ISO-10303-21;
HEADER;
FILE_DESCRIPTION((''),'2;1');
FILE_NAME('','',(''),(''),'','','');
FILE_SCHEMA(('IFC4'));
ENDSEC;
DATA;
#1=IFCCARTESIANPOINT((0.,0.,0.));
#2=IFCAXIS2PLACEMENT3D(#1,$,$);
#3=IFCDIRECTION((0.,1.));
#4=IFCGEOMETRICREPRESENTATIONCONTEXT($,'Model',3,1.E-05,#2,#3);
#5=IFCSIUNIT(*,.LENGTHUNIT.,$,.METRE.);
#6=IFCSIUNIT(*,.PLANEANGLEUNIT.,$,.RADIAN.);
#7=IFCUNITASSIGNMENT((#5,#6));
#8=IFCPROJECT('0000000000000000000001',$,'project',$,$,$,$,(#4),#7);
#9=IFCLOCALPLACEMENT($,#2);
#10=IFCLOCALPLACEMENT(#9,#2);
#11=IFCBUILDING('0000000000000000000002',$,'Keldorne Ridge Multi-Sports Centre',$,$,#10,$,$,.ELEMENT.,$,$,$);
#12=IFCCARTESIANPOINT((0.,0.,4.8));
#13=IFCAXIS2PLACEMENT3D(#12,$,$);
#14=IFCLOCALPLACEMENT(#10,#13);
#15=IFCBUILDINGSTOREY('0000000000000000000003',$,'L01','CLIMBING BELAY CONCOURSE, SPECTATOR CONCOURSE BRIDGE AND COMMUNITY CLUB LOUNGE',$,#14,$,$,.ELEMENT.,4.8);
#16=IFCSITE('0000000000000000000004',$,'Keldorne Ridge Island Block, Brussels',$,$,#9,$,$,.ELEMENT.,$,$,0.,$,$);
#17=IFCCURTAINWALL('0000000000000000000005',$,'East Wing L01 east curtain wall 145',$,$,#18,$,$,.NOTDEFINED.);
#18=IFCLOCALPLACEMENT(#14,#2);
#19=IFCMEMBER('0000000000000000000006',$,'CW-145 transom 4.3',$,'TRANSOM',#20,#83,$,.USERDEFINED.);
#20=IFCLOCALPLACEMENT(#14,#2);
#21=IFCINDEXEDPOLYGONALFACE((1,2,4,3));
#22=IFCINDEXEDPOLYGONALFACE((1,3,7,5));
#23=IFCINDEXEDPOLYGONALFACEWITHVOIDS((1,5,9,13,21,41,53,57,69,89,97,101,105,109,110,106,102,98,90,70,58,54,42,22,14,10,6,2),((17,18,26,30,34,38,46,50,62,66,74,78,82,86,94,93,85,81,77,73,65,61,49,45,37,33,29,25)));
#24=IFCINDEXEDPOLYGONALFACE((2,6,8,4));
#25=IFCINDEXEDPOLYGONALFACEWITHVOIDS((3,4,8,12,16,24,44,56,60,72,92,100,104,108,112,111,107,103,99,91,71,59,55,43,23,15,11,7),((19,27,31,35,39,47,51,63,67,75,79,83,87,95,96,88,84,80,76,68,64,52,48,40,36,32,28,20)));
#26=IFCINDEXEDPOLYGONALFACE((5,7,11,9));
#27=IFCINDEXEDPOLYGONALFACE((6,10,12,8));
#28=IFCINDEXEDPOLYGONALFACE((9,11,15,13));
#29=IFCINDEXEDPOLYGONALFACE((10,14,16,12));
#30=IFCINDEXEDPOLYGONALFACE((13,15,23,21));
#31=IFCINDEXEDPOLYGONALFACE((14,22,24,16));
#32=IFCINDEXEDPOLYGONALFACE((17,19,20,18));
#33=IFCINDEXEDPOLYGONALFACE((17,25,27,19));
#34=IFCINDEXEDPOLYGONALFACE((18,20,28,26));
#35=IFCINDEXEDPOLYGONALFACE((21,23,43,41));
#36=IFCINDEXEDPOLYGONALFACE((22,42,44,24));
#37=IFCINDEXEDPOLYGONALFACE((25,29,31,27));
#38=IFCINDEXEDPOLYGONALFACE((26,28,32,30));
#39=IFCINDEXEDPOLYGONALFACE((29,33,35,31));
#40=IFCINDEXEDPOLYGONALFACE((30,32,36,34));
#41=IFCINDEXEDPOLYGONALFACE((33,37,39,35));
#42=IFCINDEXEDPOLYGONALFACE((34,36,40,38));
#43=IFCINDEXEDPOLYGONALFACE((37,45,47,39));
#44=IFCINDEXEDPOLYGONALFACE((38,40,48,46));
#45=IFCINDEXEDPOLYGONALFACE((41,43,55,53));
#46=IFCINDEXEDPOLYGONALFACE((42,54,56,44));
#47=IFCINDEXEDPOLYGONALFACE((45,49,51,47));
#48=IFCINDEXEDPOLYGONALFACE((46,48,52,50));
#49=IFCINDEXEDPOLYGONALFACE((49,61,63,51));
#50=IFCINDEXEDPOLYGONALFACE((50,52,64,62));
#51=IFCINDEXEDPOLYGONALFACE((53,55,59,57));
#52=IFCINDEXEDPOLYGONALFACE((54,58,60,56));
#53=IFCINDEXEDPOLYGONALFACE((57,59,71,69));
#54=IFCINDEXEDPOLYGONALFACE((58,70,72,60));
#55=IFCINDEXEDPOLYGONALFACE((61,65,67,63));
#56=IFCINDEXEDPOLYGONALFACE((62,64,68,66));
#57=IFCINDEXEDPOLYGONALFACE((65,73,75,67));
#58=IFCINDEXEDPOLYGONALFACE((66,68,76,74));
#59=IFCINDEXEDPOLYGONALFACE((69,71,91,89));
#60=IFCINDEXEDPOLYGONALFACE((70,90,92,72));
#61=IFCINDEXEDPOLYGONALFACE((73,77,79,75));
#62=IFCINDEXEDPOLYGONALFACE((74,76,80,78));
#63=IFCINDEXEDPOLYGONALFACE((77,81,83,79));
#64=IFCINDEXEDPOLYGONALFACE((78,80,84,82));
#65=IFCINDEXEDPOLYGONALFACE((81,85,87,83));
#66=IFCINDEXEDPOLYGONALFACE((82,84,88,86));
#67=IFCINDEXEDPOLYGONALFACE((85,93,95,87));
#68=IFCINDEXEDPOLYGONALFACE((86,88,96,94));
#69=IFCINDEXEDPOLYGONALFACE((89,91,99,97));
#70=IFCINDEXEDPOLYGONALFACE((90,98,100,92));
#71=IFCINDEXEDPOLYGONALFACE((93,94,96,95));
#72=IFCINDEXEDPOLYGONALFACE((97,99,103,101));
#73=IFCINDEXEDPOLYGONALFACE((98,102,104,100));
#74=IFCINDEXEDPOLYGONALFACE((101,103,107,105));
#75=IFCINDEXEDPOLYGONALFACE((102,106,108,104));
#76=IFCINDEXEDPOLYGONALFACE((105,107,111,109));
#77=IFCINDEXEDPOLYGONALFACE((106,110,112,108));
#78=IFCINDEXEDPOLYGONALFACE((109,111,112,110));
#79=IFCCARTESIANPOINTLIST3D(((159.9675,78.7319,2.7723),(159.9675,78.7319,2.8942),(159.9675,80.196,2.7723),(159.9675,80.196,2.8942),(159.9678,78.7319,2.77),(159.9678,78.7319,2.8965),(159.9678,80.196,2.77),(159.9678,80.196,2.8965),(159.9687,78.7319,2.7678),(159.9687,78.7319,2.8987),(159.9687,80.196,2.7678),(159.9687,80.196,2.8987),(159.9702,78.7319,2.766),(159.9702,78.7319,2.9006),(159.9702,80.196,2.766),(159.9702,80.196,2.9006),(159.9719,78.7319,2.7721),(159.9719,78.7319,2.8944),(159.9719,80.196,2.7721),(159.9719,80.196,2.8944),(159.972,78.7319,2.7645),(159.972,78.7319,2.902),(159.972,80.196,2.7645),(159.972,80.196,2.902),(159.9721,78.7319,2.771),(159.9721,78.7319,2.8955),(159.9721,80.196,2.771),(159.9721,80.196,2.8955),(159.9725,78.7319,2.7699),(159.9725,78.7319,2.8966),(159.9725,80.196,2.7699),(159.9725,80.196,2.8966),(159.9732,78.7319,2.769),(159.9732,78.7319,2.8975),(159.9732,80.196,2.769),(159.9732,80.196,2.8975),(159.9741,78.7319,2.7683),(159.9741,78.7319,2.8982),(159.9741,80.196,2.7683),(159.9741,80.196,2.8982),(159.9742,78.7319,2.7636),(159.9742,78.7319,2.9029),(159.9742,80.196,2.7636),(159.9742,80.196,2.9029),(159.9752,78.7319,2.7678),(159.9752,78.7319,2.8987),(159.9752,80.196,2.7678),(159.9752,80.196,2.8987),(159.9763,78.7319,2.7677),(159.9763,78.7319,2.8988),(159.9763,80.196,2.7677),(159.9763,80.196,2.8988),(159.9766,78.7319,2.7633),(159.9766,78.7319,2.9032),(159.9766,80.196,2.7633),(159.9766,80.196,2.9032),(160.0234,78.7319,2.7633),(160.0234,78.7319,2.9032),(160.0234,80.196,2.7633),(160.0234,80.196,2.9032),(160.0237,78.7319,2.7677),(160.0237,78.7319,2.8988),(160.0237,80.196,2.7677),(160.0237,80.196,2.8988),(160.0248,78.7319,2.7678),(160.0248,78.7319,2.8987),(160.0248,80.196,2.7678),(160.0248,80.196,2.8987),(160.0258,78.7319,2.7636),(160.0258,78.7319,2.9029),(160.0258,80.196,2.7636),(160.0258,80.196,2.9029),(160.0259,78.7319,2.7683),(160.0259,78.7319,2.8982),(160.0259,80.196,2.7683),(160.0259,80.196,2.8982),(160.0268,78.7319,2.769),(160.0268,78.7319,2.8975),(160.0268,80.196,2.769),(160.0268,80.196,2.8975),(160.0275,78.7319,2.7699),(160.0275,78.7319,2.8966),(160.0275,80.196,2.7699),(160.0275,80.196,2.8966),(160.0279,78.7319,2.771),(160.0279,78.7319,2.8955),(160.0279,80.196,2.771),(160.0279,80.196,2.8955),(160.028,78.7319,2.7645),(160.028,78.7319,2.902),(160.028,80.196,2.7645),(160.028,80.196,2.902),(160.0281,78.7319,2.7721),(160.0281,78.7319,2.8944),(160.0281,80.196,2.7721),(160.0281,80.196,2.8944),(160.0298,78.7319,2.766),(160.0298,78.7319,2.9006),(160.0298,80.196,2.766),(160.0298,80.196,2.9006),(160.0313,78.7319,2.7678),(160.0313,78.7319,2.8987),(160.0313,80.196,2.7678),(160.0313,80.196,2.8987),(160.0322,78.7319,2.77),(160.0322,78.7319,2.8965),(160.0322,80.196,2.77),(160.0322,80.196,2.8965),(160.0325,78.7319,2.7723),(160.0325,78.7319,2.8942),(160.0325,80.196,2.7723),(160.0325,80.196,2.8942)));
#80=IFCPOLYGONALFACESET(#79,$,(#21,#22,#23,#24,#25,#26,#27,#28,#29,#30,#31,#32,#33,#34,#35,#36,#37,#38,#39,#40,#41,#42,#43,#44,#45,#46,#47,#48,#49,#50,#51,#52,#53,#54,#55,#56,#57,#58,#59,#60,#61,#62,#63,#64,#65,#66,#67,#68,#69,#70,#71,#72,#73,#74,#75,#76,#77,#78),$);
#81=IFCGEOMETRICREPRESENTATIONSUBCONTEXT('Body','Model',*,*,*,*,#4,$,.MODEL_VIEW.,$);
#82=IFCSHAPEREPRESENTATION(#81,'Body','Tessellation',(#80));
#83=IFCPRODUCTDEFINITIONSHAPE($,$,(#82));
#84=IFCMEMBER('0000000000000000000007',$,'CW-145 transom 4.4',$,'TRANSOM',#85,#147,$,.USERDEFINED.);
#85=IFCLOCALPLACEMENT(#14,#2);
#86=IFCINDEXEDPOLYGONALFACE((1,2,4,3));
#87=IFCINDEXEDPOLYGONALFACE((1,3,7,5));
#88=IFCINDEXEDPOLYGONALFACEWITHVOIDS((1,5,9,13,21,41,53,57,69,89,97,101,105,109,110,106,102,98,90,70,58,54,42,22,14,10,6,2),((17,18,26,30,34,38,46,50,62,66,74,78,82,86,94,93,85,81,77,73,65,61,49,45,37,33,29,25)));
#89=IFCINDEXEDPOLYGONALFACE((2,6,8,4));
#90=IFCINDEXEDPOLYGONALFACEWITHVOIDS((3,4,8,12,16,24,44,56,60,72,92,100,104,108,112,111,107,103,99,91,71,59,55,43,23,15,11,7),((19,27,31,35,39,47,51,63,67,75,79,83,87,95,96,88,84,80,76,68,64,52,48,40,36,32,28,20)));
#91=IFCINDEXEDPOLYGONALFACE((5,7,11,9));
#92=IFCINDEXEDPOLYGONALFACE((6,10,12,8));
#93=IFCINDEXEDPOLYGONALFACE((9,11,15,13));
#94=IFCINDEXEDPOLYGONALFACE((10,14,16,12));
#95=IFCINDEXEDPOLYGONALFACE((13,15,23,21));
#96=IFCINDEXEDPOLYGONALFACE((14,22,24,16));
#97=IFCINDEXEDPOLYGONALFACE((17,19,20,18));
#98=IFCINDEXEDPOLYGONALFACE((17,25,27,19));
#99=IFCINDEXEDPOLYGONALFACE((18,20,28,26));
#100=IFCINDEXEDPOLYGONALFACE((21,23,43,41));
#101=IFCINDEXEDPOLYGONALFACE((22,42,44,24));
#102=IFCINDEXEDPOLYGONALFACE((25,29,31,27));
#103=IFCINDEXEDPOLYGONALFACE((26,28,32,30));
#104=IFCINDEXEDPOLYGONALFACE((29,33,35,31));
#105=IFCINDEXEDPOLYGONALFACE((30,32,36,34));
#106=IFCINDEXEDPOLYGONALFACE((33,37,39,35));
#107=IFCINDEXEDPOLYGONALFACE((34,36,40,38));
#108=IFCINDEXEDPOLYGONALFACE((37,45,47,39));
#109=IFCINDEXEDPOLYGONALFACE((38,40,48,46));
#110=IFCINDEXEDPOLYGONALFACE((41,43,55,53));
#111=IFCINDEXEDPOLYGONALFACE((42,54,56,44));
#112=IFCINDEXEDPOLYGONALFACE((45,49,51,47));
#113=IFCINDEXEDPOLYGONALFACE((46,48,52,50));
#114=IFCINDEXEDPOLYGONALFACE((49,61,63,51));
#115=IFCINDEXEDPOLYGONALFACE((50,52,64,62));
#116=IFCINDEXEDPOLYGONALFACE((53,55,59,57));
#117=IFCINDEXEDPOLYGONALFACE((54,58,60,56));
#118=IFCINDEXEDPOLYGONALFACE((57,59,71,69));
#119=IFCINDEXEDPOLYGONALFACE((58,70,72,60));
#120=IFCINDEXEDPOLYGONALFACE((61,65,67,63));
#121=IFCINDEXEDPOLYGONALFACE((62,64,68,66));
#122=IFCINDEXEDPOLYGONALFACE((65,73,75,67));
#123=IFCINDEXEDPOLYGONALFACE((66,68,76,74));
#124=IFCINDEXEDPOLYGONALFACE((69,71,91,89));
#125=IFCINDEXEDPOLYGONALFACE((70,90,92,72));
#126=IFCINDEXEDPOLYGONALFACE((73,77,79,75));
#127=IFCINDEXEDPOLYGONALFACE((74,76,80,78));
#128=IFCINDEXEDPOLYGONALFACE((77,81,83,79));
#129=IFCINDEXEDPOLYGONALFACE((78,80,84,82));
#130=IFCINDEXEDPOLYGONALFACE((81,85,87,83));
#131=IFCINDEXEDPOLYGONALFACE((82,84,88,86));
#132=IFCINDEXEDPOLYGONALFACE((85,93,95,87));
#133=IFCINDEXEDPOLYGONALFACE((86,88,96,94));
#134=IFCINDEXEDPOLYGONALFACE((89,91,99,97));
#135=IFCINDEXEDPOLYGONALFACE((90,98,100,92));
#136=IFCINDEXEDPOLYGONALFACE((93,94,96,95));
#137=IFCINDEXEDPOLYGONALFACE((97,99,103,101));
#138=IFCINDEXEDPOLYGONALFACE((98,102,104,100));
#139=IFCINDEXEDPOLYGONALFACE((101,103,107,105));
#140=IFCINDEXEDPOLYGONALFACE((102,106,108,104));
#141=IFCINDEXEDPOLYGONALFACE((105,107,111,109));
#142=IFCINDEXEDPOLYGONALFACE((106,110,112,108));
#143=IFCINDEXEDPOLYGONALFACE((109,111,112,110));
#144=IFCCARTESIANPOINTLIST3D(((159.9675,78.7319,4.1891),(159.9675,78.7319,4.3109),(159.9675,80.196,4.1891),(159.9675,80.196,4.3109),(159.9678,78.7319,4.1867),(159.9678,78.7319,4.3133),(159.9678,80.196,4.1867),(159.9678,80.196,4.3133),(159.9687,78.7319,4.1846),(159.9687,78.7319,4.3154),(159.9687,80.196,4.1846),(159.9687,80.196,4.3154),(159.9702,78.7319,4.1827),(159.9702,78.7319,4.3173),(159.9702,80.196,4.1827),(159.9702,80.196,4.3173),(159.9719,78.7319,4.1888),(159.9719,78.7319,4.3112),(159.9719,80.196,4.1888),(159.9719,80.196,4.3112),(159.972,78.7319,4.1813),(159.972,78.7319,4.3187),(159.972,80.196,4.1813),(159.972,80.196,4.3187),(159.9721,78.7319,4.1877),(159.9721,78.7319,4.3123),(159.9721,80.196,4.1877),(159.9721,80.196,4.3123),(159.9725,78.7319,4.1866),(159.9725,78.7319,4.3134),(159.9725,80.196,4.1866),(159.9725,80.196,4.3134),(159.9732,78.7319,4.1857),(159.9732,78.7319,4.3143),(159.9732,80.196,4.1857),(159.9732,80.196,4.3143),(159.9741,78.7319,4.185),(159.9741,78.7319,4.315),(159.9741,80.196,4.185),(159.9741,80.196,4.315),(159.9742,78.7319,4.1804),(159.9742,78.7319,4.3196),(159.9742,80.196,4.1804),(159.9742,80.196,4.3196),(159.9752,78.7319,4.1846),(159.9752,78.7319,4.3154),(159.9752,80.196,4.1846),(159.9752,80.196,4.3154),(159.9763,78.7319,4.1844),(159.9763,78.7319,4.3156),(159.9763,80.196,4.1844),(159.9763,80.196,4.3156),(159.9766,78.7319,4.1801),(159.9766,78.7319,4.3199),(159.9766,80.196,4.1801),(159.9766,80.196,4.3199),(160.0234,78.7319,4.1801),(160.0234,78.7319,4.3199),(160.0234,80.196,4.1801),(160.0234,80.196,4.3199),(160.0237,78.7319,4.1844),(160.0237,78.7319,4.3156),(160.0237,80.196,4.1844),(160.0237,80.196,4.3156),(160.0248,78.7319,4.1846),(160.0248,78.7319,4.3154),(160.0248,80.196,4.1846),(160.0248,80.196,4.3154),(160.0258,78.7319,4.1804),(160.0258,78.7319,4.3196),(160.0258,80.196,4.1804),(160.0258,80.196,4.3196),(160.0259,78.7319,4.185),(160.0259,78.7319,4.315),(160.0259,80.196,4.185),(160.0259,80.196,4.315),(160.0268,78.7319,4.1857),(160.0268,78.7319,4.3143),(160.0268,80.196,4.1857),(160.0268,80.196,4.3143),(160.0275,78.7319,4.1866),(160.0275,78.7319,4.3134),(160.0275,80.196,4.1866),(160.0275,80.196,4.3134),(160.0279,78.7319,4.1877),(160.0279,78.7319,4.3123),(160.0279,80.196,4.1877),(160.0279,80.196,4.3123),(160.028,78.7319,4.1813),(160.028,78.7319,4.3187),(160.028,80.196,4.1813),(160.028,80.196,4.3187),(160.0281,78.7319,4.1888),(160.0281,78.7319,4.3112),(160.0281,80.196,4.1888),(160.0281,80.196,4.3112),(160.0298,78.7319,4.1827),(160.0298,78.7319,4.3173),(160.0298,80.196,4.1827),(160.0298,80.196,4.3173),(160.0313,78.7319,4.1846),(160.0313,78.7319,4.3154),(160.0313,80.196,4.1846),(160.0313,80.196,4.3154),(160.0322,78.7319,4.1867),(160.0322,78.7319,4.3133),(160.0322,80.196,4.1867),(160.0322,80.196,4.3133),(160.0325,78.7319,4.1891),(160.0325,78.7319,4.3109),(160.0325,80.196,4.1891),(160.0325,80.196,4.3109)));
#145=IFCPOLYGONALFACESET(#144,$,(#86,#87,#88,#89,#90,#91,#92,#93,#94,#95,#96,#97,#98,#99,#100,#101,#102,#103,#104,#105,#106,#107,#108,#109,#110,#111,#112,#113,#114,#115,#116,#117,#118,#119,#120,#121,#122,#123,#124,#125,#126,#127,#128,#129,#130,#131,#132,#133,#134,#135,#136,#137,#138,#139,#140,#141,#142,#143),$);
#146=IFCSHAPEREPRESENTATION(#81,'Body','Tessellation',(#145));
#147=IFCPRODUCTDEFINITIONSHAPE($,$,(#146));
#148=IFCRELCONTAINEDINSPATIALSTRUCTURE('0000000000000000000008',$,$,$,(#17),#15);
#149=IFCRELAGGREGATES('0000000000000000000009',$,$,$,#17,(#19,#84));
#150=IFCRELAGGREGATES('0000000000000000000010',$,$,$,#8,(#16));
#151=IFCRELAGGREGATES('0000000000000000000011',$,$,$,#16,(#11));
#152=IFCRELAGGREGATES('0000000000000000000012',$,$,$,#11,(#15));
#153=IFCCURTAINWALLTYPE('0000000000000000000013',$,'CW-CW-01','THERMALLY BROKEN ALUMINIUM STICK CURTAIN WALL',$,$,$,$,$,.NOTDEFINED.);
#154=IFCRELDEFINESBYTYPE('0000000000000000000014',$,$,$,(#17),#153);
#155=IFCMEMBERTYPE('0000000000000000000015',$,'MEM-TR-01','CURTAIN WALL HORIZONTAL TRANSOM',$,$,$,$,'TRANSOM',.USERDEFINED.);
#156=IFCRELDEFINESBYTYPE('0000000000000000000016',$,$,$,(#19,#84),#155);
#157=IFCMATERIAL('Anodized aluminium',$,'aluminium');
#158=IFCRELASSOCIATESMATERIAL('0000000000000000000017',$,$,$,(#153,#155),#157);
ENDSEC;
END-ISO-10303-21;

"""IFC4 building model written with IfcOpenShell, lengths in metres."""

from ifc_helpers import new_model, si_unit, direction, frame, origin, origin_2d, place, context, subcontext, project, spatial, hollow_rectangle, extrude, material, material_profile, profile_set, type_object, element, aggregate, save


model = new_model("IFC4")

# Units and contexts
model_context = context("Model", 3, precision=1e-05, world=origin(), true_north=direction((0.0, 1.0)))
body_context = subcontext(model_context, "Body", "Model", "MODEL_VIEW")
ifc_project = project(units=[si_unit("LENGTHUNIT", "METRE"), si_unit("PLANEANGLEUNIT", "RADIAN")], contexts=[model_context])

# Site, building, storey
site_placement = place(None, origin())
site = spatial("IfcSite", under=ifc_project, at=site_placement, Name="Keldorne Ridge Island Block, Brussels", CompositionType="ELEMENT", RefElevation=0.0)
building_placement = place(site_placement, origin())
building = spatial("IfcBuilding", under=site, at=building_placement, Name="Keldorne Ridge Multi-Sports Centre", CompositionType="ELEMENT")
storey_placement = place(building_placement, frame((0.0, 0.0, 4.8)))
storey = spatial("IfcBuildingStorey", under=building, at=storey_placement, Name="L01", Description="CLIMBING BELAY CONCOURSE, SPECTATOR CONCOURSE BRIDGE AND COMMUNITY CLUB LOUNGE", CompositionType="ELEMENT", Elevation=4.8)

# Curtain wall, members
ifc_material_1 = material(Name="Anodized aluminium", Category="aluminium")
curtain_wall_type = type_object("IfcCurtainWallType", Name="CW-CW-01", Description="THERMALLY BROKEN ALUMINIUM STICK CURTAIN WALL", PredefinedType="NOTDEFINED", material=ifc_material_1)
curtain_wall_placement = place(storey_placement, origin())
curtain_wall = element("IfcCurtainWall", 1, at=curtain_wall_placement, inside=storey, type_object=curtain_wall_type, Name="East Wing L01 east curtain wall 145", PredefinedType="NOTDEFINED")
ifc_material_profile_1 = material_profile(ifc_material_1, hollow_rectangle(XDim=0.0649, YDim=0.1399, WallThickness=0.0044, InnerFilletRadius=0.0044, OuterFilletRadius=0.009, at=origin_2d()), Name="ALU TRANSOM 140x65x4.5")
ifc_profile_set_1 = profile_set([ifc_material_profile_1], Name="Anodized aluminium")
member_type_1 = type_object("IfcMemberType", Name="MEM-TR-01", Description="CURTAIN WALL HORIZONTAL TRANSOM", ElementType="TRANSOM", PredefinedType="USERDEFINED", material=ifc_profile_set_1)
member_1_placement = place(storey_placement, frame((160.0, 78.7319, 2.8333), z_axis=(0.0, 1.0, 0.0), x_axis=(-1.0, 0.0, 0.0)))
member_1 = element("IfcMember", 2, at=member_1_placement, type_object=member_type_1, Name="CW-145 transom 4.3", ObjectType="TRANSOM", PredefinedType="USERDEFINED", context=body_context, shape_type="SweptSolid", body=[
    extrude(hollow_rectangle(XDim=0.0649, YDim=0.1399, WallThickness=0.0044, InnerFilletRadius=0.0044, OuterFilletRadius=0.009, at=origin_2d()), origin(), (0.0, 0.0, 1.0), 1.4641),
])
member_2_placement = place(storey_placement, frame((160.0, 78.7319, 4.25), z_axis=(0.0, 1.0, 0.0), x_axis=(-1.0, 0.0, 0.0)))
member_2 = element("IfcMember", 3, at=member_2_placement, type_object=member_type_1, Name="CW-145 transom 4.4", ObjectType="TRANSOM", PredefinedType="USERDEFINED", context=body_context, shape_type="SweptSolid", body=[
    extrude(hollow_rectangle(XDim=0.0649, YDim=0.1399, WallThickness=0.0044, InnerFilletRadius=0.0044, OuterFilletRadius=0.009, at=origin_2d()), origin(), (0.0, 0.0, 1.0), 1.4641),
])
aggregate(curtain_wall, [member_1, member_2])

save(model, "model.ifc")
